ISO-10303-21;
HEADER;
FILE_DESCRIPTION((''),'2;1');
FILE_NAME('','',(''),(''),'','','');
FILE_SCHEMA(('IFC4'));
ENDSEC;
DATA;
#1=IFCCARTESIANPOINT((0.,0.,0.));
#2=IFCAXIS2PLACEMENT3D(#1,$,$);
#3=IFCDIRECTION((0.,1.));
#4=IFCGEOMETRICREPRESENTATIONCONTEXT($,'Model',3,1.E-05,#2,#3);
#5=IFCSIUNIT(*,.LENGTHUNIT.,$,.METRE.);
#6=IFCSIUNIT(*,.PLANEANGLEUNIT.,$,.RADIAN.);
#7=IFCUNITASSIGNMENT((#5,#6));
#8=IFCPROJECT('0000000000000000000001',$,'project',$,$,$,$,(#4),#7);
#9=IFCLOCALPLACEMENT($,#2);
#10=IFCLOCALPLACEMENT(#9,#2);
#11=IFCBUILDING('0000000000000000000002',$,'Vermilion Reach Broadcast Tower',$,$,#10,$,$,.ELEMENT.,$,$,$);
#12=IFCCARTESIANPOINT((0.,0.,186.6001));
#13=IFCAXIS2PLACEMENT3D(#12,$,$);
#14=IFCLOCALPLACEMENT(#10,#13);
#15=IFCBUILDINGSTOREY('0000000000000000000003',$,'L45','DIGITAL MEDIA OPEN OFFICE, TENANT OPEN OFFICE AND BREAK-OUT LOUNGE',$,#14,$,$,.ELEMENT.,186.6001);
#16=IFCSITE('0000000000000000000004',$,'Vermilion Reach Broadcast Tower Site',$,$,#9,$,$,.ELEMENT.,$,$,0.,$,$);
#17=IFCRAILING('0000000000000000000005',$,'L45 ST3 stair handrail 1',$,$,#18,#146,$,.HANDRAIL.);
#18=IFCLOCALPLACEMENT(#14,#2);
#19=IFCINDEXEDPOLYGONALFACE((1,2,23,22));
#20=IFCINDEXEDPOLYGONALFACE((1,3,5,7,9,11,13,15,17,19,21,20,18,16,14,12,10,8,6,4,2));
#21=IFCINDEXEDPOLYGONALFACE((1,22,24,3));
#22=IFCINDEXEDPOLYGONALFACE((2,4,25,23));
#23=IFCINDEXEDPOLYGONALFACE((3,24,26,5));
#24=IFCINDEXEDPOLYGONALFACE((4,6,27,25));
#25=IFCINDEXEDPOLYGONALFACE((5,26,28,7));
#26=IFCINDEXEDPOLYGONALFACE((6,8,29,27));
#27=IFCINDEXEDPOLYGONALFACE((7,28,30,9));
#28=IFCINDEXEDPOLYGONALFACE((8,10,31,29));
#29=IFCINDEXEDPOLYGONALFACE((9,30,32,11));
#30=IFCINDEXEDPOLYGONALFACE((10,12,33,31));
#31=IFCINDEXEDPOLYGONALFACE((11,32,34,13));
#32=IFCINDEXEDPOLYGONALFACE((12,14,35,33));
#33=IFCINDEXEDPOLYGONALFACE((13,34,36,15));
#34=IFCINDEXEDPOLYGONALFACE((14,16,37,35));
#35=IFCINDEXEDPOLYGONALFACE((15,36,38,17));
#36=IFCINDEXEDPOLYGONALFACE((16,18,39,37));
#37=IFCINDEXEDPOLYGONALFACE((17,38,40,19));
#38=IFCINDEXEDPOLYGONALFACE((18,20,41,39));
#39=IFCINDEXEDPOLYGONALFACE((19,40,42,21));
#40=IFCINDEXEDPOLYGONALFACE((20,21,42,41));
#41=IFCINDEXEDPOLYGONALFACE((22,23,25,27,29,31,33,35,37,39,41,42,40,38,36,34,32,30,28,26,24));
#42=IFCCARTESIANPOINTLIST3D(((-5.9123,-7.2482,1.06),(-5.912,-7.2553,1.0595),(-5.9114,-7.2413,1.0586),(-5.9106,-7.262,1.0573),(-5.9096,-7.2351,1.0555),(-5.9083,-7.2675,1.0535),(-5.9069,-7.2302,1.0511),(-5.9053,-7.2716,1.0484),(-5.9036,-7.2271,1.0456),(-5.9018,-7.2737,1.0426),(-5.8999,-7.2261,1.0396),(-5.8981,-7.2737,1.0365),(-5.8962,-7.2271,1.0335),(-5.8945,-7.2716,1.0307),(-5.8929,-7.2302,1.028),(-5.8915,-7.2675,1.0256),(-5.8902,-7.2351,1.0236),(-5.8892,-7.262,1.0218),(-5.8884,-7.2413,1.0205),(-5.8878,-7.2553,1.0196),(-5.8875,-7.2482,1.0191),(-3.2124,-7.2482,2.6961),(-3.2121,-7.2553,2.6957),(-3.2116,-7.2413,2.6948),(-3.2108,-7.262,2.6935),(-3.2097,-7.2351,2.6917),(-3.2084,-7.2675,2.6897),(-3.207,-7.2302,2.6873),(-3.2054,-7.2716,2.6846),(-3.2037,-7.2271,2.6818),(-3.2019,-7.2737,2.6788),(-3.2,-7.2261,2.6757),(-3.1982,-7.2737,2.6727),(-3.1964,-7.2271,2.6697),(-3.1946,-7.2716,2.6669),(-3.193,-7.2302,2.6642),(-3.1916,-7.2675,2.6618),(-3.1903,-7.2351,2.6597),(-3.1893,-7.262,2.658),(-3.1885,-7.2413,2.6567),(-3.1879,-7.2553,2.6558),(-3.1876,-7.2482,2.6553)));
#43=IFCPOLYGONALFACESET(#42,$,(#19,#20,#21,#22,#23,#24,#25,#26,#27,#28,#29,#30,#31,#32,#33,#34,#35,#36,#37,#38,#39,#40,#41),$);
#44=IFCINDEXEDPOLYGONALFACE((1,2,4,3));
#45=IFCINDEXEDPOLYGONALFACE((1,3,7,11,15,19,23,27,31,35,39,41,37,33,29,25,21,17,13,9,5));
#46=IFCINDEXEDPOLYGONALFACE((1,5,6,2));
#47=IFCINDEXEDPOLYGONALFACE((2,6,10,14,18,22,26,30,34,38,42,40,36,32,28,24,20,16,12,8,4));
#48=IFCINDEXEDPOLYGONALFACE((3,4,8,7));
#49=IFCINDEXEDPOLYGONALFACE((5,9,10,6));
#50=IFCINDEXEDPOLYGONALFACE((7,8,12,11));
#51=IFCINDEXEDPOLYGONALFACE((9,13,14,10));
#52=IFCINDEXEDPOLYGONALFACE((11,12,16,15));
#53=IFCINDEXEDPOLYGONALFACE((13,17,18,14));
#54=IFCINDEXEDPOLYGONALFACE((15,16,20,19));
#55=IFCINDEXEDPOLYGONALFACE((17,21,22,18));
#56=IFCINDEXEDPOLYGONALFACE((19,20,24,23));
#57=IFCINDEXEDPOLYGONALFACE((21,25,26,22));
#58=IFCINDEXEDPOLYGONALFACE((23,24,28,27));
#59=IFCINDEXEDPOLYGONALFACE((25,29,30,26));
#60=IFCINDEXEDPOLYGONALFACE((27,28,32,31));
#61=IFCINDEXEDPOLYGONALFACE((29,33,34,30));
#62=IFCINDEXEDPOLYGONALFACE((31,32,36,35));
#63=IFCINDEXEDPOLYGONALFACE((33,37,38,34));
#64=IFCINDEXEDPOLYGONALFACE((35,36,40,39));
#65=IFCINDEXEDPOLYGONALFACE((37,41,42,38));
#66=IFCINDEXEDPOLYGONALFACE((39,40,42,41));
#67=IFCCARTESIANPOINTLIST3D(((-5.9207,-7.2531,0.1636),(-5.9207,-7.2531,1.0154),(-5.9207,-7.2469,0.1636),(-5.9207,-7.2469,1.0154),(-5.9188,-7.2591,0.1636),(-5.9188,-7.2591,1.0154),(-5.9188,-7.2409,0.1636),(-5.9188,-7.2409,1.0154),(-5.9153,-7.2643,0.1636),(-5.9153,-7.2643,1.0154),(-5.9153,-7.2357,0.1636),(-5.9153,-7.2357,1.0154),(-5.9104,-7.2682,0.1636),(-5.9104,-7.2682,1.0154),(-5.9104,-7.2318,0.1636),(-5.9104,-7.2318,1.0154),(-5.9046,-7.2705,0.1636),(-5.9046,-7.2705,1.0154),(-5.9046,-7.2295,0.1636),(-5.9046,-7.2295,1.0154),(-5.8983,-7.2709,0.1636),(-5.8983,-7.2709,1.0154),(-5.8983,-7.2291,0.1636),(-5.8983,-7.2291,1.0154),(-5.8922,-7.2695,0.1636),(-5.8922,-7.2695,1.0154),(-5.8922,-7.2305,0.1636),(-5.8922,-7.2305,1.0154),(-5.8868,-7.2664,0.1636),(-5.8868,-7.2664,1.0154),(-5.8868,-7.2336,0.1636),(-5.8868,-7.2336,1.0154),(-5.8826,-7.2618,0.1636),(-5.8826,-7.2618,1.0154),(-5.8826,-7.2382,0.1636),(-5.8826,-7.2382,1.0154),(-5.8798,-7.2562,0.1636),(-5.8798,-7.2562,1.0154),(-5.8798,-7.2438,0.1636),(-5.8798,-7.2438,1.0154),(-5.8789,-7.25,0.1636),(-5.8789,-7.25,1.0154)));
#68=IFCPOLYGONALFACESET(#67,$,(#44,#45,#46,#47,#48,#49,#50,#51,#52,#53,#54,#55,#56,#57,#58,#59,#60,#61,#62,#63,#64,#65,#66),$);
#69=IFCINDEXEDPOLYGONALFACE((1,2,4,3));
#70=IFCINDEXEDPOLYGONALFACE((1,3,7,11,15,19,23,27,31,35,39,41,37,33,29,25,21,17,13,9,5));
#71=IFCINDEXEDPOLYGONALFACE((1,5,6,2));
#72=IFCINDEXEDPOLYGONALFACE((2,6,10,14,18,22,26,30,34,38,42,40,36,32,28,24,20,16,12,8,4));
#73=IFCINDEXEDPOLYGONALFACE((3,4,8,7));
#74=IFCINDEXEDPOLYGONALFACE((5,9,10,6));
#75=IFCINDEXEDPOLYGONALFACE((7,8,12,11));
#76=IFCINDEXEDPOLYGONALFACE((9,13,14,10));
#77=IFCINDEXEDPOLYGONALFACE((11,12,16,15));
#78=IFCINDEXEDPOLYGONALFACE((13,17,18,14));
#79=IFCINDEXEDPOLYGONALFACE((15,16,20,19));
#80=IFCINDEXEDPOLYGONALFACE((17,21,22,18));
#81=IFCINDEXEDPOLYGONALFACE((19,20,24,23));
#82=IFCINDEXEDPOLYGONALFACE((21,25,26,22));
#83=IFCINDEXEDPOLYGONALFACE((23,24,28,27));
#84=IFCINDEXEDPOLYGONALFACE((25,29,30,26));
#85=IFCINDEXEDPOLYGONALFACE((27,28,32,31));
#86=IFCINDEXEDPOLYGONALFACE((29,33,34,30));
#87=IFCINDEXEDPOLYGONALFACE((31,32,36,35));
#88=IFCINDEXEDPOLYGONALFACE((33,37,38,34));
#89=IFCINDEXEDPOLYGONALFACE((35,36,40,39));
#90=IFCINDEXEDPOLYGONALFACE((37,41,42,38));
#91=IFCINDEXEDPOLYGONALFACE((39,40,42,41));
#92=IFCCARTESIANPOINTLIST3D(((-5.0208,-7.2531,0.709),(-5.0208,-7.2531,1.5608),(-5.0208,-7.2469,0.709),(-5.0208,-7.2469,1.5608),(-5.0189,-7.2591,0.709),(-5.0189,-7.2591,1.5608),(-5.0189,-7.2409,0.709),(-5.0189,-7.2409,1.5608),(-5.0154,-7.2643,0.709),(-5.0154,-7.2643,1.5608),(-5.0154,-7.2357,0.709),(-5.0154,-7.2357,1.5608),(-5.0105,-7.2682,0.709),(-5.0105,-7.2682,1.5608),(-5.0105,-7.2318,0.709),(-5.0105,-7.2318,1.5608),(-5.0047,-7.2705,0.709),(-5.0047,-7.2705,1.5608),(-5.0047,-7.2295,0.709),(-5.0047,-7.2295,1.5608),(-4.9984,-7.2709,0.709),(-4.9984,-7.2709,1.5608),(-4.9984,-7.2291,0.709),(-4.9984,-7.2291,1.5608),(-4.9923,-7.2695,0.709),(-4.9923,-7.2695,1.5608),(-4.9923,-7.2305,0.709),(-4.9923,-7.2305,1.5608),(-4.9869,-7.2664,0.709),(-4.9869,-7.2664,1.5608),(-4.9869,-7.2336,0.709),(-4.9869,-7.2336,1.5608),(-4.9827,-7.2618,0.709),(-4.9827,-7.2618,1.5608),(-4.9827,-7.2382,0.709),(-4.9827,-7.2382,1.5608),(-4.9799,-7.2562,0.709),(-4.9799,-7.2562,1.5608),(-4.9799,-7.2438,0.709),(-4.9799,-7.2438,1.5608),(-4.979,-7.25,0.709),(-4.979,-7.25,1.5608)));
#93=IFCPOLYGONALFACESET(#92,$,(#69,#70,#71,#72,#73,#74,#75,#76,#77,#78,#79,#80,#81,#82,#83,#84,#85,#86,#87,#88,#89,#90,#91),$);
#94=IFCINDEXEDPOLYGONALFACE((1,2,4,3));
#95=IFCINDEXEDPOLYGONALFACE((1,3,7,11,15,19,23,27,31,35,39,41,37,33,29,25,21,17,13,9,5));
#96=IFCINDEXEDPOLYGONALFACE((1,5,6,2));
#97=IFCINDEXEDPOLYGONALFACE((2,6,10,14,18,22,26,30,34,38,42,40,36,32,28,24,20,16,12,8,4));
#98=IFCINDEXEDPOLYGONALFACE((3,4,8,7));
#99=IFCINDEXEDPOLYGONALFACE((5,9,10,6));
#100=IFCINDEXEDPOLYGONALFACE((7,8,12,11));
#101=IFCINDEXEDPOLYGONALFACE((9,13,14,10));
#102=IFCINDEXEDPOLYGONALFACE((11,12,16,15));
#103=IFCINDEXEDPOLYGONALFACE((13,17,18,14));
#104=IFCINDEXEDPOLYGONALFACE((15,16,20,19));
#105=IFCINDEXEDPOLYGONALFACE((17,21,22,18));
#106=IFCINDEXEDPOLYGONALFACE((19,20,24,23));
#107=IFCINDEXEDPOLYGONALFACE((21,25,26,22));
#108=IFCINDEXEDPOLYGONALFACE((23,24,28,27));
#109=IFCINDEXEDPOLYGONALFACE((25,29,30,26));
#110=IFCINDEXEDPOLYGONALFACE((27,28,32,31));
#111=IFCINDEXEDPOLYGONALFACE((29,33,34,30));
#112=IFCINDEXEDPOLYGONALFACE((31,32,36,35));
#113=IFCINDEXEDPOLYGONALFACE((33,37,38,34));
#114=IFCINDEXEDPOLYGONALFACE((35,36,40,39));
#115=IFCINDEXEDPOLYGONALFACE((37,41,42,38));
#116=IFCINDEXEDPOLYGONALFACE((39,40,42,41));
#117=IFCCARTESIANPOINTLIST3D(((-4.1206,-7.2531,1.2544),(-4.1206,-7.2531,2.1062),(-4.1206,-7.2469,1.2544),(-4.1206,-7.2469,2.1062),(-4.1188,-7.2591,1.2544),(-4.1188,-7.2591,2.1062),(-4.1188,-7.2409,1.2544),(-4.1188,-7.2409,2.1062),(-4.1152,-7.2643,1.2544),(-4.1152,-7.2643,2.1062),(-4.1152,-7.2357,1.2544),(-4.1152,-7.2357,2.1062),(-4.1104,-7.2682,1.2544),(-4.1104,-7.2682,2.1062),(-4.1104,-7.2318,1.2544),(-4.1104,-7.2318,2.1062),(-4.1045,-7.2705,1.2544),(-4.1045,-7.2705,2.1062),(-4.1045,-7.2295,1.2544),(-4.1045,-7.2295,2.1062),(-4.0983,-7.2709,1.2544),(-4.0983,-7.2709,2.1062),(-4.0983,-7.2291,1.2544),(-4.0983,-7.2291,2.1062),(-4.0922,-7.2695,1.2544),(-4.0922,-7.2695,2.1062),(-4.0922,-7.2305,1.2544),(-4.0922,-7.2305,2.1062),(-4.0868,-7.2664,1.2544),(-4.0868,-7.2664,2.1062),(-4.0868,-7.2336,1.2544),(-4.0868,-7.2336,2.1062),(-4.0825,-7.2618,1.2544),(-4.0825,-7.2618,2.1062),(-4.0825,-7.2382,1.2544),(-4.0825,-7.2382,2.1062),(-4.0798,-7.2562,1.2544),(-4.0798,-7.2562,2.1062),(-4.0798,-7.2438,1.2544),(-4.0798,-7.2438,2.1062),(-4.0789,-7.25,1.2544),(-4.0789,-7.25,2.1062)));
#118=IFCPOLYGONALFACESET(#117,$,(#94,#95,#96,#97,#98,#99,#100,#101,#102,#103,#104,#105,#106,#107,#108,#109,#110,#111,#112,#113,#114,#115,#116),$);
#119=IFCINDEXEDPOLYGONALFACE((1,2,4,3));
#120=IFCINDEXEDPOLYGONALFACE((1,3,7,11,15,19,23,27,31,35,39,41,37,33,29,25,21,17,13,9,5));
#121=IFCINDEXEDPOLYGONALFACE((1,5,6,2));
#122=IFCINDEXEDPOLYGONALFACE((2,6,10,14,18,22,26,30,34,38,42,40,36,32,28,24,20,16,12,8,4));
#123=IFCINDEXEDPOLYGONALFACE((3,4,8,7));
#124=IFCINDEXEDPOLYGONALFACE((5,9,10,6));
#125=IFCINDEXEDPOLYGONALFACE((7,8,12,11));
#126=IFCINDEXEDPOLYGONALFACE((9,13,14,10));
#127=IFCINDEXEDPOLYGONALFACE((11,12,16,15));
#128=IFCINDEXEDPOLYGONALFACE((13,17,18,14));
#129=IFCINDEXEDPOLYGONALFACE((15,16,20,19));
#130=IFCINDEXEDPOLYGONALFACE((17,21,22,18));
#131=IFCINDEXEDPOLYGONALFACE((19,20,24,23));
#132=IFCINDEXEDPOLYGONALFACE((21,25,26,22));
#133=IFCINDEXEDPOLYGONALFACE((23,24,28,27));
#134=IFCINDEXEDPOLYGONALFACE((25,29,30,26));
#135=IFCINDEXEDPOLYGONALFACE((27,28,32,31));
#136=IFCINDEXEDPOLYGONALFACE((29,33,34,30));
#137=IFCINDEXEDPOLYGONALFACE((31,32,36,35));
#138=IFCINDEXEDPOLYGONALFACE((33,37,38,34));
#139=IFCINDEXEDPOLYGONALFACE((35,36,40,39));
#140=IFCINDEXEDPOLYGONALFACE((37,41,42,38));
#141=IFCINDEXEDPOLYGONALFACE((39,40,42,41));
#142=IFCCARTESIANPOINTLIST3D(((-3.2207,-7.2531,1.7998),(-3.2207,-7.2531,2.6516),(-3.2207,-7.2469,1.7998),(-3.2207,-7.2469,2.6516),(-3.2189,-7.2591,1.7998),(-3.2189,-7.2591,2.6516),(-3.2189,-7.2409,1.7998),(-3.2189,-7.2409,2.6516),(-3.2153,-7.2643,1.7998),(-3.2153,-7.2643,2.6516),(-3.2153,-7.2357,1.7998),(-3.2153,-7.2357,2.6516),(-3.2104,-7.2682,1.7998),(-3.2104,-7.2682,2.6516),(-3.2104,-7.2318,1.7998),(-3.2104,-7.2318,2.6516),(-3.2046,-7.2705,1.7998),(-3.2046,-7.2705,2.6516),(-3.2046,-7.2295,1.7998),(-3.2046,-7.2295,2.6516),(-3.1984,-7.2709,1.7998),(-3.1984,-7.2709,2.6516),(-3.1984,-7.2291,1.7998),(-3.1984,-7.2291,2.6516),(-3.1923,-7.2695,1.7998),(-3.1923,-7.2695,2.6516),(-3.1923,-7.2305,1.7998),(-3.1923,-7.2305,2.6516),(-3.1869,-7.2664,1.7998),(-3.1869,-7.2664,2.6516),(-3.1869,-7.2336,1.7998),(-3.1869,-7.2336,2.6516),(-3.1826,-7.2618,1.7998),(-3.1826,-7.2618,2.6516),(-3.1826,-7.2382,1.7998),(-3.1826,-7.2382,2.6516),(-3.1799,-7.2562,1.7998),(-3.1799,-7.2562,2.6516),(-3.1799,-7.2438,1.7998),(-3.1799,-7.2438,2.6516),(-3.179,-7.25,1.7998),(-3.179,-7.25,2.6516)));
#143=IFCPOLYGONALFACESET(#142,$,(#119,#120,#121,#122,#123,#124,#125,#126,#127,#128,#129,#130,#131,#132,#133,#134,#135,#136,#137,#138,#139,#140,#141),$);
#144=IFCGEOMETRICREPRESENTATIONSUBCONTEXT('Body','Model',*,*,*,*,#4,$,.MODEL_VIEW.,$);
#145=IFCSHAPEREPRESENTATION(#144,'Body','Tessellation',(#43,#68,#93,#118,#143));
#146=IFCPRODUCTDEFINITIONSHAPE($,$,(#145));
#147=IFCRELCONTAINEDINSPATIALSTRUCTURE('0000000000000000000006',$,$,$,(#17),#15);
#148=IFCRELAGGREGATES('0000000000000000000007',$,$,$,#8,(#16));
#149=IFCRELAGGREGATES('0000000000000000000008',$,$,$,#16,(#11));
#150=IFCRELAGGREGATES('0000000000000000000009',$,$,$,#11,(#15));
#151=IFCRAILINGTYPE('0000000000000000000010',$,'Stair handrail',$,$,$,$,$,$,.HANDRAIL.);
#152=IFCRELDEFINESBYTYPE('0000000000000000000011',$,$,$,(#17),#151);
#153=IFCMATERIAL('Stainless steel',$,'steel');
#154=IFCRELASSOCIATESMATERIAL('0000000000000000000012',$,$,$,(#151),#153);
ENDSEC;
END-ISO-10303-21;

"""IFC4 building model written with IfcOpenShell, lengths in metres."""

from ifc_helpers import new_model, si_unit, direction, frame, origin, origin_2d, place, context, subcontext, project, spatial, circle, extrude, material, type_object, element, save


model = new_model("IFC4")

# Units and contexts
model_context = context("Model", 3, precision=1e-05, world=origin(), true_north=direction((0.0, 1.0)))
body_context = subcontext(model_context, "Body", "Model", "MODEL_VIEW")
ifc_project = project(units=[si_unit("LENGTHUNIT", "METRE"), si_unit("PLANEANGLEUNIT", "RADIAN")], contexts=[model_context])

# Site, building, storey
site_placement = place(None, origin())
site = spatial("IfcSite", under=ifc_project, at=site_placement, Name="Vermilion Reach Broadcast Tower Site", CompositionType="ELEMENT", RefElevation=0.0)
building_placement = place(site_placement, origin())
building = spatial("IfcBuilding", under=site, at=building_placement, Name="Vermilion Reach Broadcast Tower", CompositionType="ELEMENT")
storey_placement = place(building_placement, frame((0.0, 0.0, 186.6001)))
storey = spatial("IfcBuildingStorey", under=building, at=storey_placement, Name="L45", Description="DIGITAL MEDIA OPEN OFFICE, TENANT OPEN OFFICE AND BREAK-OUT LOUNGE", CompositionType="ELEMENT", Elevation=186.6001)

# Railing
ifc_material_1 = material(Name="Stainless steel", Category="steel")
railing_type_1 = type_object("IfcRailingType", Name="Stair handrail", PredefinedType="HANDRAIL", material=ifc_material_1)
railing_1_placement = place(storey_placement, frame((-5.8999, -7.25, 0.1636)))
element("IfcRailing", 1, at=railing_1_placement, inside=storey, type_object=railing_type_1, Name="L45 ST3 stair handrail 1", PredefinedType="HANDRAIL", context=body_context, shape_type="SweptSolid", body=[
    extrude(circle(Radius=0.0239, at=origin_2d()), frame((0.0, 0.0, 0.876), z_axis=(0.855212, 0.0, 0.518278), x_axis=(0.0, 1.0, 0.0)), (0.0, 0.0, 1.0), 3.157),
    extrude(circle(Radius=0.021, at=origin_2d()), origin(), (0.0, 0.0, 1.0), 0.8518),
    extrude(circle(Radius=0.021, at=origin_2d()), frame((0.8999, 0.0, 0.5454)), (0.0, 0.0, 1.0), 0.8518),
    extrude(circle(Radius=0.021, at=origin_2d()), frame((1.8, 0.0, 1.0908)), (0.0, 0.0, 1.0), 0.8518),
    extrude(circle(Radius=0.021, at=origin_2d()), frame((2.7, 0.0, 1.6362)), (0.0, 0.0, 1.0), 0.8518),
])

save(model, "model.ifc")
